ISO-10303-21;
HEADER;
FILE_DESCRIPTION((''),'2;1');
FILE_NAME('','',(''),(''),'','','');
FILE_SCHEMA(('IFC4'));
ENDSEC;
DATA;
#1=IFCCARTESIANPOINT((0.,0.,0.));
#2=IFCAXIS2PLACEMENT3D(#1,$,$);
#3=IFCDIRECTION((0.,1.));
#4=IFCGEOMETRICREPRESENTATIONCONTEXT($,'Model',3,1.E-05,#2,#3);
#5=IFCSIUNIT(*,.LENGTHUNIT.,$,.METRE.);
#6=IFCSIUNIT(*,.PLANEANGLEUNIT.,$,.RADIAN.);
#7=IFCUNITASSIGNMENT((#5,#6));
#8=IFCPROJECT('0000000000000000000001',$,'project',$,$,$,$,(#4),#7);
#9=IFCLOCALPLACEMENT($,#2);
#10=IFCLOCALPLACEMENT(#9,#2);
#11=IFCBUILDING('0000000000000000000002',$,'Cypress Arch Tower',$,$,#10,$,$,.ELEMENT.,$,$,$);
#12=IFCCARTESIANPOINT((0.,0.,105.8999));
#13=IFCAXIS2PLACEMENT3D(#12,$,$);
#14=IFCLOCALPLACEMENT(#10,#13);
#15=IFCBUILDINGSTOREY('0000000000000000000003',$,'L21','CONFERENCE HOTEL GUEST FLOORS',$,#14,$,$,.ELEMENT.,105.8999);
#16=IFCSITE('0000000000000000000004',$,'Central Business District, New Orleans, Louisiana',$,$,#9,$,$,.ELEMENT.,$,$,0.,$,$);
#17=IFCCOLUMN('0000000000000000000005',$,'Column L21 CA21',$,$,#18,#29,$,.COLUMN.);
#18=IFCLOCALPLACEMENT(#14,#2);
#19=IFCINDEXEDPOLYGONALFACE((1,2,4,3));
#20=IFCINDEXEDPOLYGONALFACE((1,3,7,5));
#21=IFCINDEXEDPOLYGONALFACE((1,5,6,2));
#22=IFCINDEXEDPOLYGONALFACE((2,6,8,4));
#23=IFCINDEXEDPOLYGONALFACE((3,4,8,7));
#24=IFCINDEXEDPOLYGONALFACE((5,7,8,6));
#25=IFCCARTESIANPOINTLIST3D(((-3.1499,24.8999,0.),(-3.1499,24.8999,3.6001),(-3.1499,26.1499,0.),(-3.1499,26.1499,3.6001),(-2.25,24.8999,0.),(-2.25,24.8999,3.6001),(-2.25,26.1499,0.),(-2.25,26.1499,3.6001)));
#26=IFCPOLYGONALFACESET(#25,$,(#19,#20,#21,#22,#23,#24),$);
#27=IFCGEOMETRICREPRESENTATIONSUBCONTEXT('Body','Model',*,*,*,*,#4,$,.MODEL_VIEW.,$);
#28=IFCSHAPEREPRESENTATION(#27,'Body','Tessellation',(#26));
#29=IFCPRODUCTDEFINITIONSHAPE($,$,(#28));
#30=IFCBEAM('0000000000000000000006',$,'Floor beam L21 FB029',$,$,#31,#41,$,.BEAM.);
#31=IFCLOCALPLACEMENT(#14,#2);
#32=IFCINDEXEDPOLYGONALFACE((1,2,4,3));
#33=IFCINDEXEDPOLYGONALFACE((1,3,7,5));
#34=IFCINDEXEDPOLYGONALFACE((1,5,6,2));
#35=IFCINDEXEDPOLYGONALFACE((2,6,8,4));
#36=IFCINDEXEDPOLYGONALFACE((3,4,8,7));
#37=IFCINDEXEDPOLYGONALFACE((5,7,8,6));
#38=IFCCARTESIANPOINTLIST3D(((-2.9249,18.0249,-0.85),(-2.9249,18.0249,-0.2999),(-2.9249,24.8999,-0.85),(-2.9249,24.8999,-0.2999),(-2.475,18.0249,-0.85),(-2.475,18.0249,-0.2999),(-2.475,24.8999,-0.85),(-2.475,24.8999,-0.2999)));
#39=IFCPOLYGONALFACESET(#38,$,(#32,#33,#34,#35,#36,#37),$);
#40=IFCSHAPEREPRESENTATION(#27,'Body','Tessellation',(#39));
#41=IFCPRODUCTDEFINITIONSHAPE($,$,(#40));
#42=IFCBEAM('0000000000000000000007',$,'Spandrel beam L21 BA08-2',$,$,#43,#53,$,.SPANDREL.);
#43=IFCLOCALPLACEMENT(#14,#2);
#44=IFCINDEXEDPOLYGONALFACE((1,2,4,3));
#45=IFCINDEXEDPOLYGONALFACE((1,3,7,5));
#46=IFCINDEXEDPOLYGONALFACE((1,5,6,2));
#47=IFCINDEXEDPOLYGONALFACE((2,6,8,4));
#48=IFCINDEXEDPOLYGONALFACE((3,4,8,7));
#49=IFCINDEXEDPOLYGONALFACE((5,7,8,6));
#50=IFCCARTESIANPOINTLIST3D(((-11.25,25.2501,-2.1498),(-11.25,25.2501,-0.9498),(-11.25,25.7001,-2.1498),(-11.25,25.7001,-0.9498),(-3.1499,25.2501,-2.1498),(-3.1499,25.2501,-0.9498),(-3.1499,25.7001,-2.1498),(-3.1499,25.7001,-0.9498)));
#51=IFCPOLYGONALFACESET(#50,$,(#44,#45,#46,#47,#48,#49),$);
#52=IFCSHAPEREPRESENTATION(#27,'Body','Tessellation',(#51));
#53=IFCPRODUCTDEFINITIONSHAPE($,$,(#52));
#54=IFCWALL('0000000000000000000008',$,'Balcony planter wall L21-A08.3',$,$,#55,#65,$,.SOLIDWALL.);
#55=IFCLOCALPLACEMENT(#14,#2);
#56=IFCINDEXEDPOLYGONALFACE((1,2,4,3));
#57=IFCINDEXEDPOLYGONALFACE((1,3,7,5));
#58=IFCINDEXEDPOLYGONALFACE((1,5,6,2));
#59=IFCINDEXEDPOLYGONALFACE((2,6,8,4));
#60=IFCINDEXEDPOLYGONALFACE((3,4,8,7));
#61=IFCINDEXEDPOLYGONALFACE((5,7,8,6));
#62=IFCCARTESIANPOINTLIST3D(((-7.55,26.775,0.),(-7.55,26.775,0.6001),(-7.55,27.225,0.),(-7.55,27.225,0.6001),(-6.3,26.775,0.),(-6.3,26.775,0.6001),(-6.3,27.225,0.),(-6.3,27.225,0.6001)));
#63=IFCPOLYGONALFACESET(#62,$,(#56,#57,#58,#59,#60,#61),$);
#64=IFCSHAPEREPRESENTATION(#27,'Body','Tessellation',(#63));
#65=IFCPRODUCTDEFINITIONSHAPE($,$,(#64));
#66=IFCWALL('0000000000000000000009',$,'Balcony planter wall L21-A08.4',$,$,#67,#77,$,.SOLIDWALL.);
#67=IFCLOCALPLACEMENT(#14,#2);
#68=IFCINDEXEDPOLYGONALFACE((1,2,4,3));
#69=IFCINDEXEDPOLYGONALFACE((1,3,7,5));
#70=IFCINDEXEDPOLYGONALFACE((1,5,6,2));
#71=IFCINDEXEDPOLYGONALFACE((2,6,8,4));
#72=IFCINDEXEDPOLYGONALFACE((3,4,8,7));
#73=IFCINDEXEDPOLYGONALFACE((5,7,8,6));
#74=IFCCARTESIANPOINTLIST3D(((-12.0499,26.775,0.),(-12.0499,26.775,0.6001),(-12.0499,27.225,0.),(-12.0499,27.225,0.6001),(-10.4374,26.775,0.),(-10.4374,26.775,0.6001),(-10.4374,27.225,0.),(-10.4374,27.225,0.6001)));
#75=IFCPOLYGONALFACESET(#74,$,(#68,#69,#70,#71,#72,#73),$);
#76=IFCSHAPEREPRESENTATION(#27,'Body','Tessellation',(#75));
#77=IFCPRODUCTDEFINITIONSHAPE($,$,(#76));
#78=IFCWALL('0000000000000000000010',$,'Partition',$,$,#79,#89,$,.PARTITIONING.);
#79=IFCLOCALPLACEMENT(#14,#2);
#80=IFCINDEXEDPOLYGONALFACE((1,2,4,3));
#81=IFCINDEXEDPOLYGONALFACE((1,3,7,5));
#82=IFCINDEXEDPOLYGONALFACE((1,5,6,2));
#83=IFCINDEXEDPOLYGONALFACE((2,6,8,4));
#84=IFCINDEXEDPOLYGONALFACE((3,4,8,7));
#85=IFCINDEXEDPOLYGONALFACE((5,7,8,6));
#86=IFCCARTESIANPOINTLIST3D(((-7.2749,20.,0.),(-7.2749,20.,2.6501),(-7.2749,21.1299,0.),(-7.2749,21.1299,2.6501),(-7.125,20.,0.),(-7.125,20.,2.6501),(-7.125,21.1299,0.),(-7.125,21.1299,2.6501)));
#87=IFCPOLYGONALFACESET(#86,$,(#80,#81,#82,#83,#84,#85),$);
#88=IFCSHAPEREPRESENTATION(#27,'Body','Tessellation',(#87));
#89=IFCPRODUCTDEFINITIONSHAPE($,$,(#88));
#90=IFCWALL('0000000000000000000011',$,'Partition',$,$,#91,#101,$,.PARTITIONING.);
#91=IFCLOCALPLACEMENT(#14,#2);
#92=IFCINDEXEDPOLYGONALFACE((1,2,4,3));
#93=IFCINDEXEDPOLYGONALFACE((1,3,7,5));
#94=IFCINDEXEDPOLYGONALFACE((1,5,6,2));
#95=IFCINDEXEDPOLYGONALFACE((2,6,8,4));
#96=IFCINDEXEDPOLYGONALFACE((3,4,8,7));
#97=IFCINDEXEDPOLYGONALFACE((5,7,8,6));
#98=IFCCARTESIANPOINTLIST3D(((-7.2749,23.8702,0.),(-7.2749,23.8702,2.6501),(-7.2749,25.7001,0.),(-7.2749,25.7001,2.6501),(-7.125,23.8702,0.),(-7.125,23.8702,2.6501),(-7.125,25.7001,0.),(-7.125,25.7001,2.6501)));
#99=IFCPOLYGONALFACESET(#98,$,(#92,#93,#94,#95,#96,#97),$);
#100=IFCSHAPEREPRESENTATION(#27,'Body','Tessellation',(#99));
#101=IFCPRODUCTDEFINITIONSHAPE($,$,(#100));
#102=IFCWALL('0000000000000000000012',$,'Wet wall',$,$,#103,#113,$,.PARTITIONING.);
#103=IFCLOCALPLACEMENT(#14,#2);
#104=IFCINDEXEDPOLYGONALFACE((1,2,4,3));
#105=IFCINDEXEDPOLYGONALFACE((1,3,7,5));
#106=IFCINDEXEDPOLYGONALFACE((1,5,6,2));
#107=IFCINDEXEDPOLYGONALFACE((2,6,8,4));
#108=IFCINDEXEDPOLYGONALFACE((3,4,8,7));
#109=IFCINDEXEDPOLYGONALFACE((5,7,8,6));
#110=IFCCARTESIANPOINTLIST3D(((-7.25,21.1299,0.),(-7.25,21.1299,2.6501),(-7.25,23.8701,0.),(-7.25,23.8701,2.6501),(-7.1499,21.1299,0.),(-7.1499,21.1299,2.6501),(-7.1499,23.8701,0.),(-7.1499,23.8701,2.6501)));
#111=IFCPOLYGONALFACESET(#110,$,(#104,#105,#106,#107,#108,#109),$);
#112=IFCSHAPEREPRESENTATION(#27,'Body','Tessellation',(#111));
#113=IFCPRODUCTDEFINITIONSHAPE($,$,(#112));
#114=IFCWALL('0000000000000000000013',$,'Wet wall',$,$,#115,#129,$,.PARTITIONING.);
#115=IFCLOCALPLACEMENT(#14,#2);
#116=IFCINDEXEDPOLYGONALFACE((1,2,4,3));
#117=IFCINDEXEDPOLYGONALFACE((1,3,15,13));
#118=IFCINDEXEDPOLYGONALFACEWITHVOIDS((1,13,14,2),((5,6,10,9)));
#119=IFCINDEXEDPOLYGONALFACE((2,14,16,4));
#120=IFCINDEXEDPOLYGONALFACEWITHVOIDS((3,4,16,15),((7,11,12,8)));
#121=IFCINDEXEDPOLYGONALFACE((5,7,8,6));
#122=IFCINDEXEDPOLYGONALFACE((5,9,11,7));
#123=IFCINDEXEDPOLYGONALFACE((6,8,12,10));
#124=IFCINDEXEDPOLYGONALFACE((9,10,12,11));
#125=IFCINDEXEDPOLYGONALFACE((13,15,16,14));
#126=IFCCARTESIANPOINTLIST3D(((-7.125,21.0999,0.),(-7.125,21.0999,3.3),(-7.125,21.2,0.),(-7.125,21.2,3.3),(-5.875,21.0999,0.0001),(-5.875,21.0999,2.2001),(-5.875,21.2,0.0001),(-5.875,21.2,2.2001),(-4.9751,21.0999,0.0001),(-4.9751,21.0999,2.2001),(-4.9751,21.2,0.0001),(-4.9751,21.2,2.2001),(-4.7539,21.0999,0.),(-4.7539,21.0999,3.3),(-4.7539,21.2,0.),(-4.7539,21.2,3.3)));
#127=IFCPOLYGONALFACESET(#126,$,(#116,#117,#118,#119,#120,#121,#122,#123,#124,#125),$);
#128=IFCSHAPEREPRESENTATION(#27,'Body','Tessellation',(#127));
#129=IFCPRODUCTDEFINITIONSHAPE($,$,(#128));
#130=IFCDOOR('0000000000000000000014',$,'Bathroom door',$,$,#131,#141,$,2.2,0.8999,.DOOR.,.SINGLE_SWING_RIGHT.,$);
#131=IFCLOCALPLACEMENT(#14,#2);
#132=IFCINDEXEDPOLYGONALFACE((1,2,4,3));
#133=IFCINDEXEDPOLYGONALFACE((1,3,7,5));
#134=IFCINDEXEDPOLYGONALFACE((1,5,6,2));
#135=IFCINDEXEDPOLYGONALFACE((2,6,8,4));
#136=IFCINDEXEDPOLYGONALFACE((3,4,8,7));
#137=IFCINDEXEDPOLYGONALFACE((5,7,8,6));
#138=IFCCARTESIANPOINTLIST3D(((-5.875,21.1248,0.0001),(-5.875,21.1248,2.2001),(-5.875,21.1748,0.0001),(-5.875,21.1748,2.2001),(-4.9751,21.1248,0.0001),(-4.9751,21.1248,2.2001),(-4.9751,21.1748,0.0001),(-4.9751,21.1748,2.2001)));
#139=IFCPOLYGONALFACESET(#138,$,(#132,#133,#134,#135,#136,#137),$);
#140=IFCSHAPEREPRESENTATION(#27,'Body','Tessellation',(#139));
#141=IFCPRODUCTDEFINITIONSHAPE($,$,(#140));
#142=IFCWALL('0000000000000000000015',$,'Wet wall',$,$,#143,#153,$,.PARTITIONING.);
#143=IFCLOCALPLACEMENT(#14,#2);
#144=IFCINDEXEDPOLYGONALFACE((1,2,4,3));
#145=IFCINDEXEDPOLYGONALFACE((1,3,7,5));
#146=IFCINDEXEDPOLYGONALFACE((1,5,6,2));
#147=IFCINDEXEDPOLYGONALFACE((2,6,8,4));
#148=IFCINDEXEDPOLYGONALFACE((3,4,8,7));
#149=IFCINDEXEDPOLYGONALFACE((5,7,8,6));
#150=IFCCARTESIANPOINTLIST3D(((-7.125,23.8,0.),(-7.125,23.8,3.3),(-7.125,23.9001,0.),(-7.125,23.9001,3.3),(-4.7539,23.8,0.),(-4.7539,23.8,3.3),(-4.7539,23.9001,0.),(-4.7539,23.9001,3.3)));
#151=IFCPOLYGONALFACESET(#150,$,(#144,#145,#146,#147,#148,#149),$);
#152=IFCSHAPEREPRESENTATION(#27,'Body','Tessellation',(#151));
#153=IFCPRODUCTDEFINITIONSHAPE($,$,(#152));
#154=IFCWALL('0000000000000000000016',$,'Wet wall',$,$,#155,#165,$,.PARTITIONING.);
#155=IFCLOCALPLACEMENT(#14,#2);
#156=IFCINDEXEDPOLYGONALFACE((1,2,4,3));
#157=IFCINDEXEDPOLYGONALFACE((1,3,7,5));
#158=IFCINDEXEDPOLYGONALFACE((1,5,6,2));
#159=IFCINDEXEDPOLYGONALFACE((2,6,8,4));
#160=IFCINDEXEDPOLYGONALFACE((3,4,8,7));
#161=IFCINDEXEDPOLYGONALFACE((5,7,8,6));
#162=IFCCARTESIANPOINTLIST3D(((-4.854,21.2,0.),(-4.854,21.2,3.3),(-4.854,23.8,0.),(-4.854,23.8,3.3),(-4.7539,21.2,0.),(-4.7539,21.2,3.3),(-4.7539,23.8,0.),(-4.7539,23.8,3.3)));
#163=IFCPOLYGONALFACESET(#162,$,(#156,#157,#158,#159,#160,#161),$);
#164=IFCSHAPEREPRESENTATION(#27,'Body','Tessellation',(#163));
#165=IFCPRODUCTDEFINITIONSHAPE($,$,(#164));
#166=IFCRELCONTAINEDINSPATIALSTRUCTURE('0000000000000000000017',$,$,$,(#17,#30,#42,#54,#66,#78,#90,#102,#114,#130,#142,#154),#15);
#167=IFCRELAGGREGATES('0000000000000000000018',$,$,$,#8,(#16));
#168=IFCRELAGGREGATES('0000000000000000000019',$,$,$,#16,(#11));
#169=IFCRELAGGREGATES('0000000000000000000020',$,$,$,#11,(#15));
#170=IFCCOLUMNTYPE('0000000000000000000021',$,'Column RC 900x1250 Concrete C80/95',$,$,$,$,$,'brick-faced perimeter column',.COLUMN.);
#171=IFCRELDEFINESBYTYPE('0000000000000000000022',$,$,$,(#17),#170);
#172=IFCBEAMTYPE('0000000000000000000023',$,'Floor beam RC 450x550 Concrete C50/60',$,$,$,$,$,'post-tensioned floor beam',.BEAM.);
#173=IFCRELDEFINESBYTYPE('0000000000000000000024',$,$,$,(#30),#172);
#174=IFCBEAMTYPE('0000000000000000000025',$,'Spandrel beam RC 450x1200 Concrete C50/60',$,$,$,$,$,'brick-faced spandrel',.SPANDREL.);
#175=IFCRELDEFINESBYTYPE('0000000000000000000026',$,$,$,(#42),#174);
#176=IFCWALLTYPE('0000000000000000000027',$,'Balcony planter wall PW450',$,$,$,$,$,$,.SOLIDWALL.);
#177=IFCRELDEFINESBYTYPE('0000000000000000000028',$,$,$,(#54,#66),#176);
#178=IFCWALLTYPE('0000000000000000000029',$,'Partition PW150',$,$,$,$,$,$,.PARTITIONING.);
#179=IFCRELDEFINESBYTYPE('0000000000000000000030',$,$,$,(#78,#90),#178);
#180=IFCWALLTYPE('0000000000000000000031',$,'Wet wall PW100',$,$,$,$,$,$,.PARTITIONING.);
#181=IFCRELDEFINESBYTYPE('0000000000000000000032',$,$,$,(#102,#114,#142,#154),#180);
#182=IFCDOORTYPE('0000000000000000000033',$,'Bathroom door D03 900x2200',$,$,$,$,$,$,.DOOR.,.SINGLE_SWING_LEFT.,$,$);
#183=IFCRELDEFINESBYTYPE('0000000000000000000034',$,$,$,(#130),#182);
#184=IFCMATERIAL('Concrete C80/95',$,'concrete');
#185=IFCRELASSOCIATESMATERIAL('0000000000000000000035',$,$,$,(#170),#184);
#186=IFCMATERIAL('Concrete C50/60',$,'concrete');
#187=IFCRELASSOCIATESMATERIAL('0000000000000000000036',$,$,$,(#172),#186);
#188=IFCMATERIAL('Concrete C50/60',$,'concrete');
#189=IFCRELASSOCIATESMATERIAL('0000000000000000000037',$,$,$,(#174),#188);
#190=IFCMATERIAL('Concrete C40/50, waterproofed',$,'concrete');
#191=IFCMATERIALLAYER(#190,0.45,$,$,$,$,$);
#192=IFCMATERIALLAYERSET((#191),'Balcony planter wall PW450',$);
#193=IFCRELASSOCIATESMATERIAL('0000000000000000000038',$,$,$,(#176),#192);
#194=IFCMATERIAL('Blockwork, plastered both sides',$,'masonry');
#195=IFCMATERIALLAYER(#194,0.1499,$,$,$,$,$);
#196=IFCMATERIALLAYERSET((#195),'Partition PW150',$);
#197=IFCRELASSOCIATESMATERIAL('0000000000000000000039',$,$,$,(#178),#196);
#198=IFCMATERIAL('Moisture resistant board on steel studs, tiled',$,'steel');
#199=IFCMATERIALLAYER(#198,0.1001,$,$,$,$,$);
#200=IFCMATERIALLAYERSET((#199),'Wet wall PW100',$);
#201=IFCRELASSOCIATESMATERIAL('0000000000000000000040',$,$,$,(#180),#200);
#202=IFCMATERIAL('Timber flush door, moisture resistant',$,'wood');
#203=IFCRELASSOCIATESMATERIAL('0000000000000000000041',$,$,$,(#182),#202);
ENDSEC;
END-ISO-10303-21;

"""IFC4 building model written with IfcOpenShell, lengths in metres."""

from ifc_helpers import new_model, si_unit, direction, frame, frame_2d, origin, origin_2d, place, context, subcontext, project, spatial, rectangle, extrude, material, layer, layer_set, material_profile, profile_set, type_object, element, fill, save


model = new_model("IFC4")

# Units and contexts
model_context = context("Model", 3, precision=1e-05, world=origin(), true_north=direction((0.0, 1.0)))
body_context = subcontext(model_context, "Body", "Model", "MODEL_VIEW")
ifc_project = project(units=[si_unit("LENGTHUNIT", "METRE"), si_unit("PLANEANGLEUNIT", "RADIAN")], contexts=[model_context])

# Site, building, storey
site_placement = place(None, origin())
site = spatial("IfcSite", under=ifc_project, at=site_placement, Name="Central Business District, New Orleans, Louisiana", CompositionType="ELEMENT", RefElevation=0.0)
building_placement = place(site_placement, origin())
building = spatial("IfcBuilding", under=site, at=building_placement, Name="Cypress Arch Tower", CompositionType="ELEMENT")
storey_placement = place(building_placement, frame((0.0, 0.0, 105.8999)))
storey = spatial("IfcBuildingStorey", under=building, at=storey_placement, Name="L21", Description="CONFERENCE HOTEL GUEST FLOORS", CompositionType="ELEMENT", Elevation=105.8999)

# Column
ifc_material_1 = material(Name="Concrete C80/95", Category="concrete")
ifc_material_profile_1 = material_profile(ifc_material_1, rectangle(XDim=0.8999, YDim=1.25, at=origin_2d()), Name="RC 900x1250")
ifc_profile_set_1 = profile_set([ifc_material_profile_1], Name="Concrete C80/95")
column_type = type_object("IfcColumnType", Name="Column RC 900x1250 Concrete C80/95", ElementType="brick-faced perimeter column", PredefinedType="COLUMN", material=ifc_profile_set_1)
column_placement = place(storey_placement, frame((-2.7, 25.5249, 0.0), z_axis=(0.0, 0.0, 1.0), x_axis=(-1.0, 0.0, 0.0)))
element("IfcColumn", 1, at=column_placement, inside=storey, type_object=column_type, Name="Column L21 CA21", PredefinedType="COLUMN", context=body_context, shape_type="SweptSolid", body=[
    extrude(rectangle(XDim=0.8999, YDim=1.25, at=origin_2d()), origin(), (0.0, 0.0, 1.0), 3.6001),
])

# Beams
ifc_material_2 = material(Name="Concrete C50/60", Category="concrete")
ifc_material_profile_2 = material_profile(ifc_material_2, rectangle(XDim=0.45, YDim=0.55, at=origin_2d()), Name="RC 450x550")
ifc_profile_set_2 = profile_set([ifc_material_profile_2], Name="Concrete C50/60")
beam_type_1 = type_object("IfcBeamType", Name="Floor beam RC 450x550 Concrete C50/60", ElementType="post-tensioned floor beam", PredefinedType="BEAM", material=ifc_profile_set_2)
beam_1_placement = place(storey_placement, frame((-2.7, 18.0249, -0.575), z_axis=(0.0, 1.0, 0.0), x_axis=(-1.0, 0.0, 0.0)))
element("IfcBeam", 2, at=beam_1_placement, inside=storey, type_object=beam_type_1, Name="Floor beam L21 FB029", PredefinedType="BEAM", context=body_context, shape_type="SweptSolid", body=[
    extrude(rectangle(XDim=0.45, YDim=0.55, at=origin_2d()), origin(), (0.0, 0.0, 1.0), 6.875),
])
ifc_material_3 = material(Name="Concrete C50/60", Category="concrete")
ifc_material_profile_3 = material_profile(ifc_material_3, rectangle(XDim=0.45, YDim=1.2, at=origin_2d()), Name="RC 450x1200")
ifc_profile_set_3 = profile_set([ifc_material_profile_3], Name="Concrete C50/60")
beam_type_2 = type_object("IfcBeamType", Name="Spandrel beam RC 450x1200 Concrete C50/60", ElementType="brick-faced spandrel", PredefinedType="SPANDREL", material=ifc_profile_set_3)
beam_2_placement = place(storey_placement, frame((-3.1499, 25.4751, -1.5498), z_axis=(-1.0, 0.0, 0.0), x_axis=(0.0, -1.0, 0.0)))
element("IfcBeam", 3, at=beam_2_placement, inside=storey, type_object=beam_type_2, Name="Spandrel beam L21 BA08-2", PredefinedType="SPANDREL", context=body_context, shape_type="SweptSolid", body=[
    extrude(rectangle(XDim=0.45, YDim=1.2, at=origin_2d()), origin(), (0.0, 0.0, 1.0), 8.1001),
])

# Walls
ifc_material_4 = material(Name="Concrete C40/50, waterproofed", Category="concrete")
ifc_layer_1 = layer(ifc_material_4, 0.45)
ifc_layer_set_1 = layer_set([ifc_layer_1], Name="Balcony planter wall PW450")
wall_type_1 = type_object("IfcWallType", Name="Balcony planter wall PW450", PredefinedType="SOLIDWALL", material=ifc_layer_set_1)
wall_1_placement = place(storey_placement, frame((-6.3, 27.0, 0.0), z_axis=(0.0, 0.0, 1.0), x_axis=(-1.0, 0.0, 0.0)))
element("IfcWall", 4, at=wall_1_placement, inside=storey, type_object=wall_type_1, Name="Balcony planter wall L21-A08.3", PredefinedType="SOLIDWALL", context=body_context, shape_type="SweptSolid", body=[
    extrude(rectangle(XDim=1.25, YDim=0.45, at=frame_2d((0.625, 0.0))), origin(), (0.0, 0.0, 1.0), 0.6001),
])
wall_2_placement = place(storey_placement, frame((-10.4375, 27.0, 0.0), z_axis=(0.0, 0.0, 1.0), x_axis=(-1.0, 0.0, 0.0)))
element("IfcWall", 5, at=wall_2_placement, inside=storey, type_object=wall_type_1, Name="Balcony planter wall L21-A08.4", PredefinedType="SOLIDWALL", context=body_context, shape_type="SweptSolid", body=[
    extrude(rectangle(XDim=1.6125, YDim=0.45, at=frame_2d((0.8062, 0.0))), origin(), (0.0, 0.0, 1.0), 0.6001),
])

# Walls
ifc_material_5 = material(Name="Blockwork, plastered both sides", Category="masonry")
ifc_layer_2 = layer(ifc_material_5, 0.1499)
ifc_layer_set_2 = layer_set([ifc_layer_2], Name="Partition PW150")
wall_type_2 = type_object("IfcWallType", Name="Partition PW150", PredefinedType="PARTITIONING", material=ifc_layer_set_2)
wall_3_placement = place(storey_placement, frame((-7.2, 20.0, 0.0), z_axis=(0.0, 0.0, 1.0), x_axis=(0.0, 1.0, 0.0)))
element("IfcWall", 6, at=wall_3_placement, inside=storey, type_object=wall_type_2, Name="Partition", PredefinedType="PARTITIONING", context=body_context, shape_type="SweptSolid", body=[
    extrude(rectangle(XDim=1.1299, YDim=0.1499, at=frame_2d((0.5649, 0.0))), origin(), (0.0, 0.0, 1.0), 2.6501),
])
wall_4_placement = place(storey_placement, frame((-7.2, 23.8701, 0.0), z_axis=(0.0, 0.0, 1.0), x_axis=(0.0, 1.0, 0.0)))
element("IfcWall", 7, at=wall_4_placement, inside=storey, type_object=wall_type_2, Name="Partition", PredefinedType="PARTITIONING", context=body_context, shape_type="SweptSolid", body=[
    extrude(rectangle(XDim=1.8298, YDim=0.1499, at=frame_2d((0.915, 0.0))), origin(), (0.0, 0.0, 1.0), 2.6501),
])
ifc_material_6 = material(Name="Moisture resistant board on steel studs, tiled", Category="steel")
ifc_layer_3 = layer(ifc_material_6, 0.1001)
ifc_layer_set_3 = layer_set([ifc_layer_3], Name="Wet wall PW100")
wall_type_3 = type_object("IfcWallType", Name="Wet wall PW100", PredefinedType="PARTITIONING", material=ifc_layer_set_3)
wall_5_placement = place(storey_placement, frame((-7.2, 21.1299, 0.0), z_axis=(0.0, 0.0, 1.0), x_axis=(0.0, 1.0, 0.0)))
element("IfcWall", 8, at=wall_5_placement, inside=storey, type_object=wall_type_3, Name="Wet wall", PredefinedType="PARTITIONING", context=body_context, shape_type="SweptSolid", body=[
    extrude(rectangle(XDim=2.7402, YDim=0.1001, at=frame_2d((1.3701, 0.0))), origin(), (0.0, 0.0, 1.0), 2.6501),
])

# Wall, opening, door
wall_6_placement = place(storey_placement, frame((-7.125, 21.1499, 0.0), z_axis=(0.0, 0.0, 1.0), x_axis=(1.0, 0.0, 0.0)))
wall_6 = element("IfcWall", 9, at=wall_6_placement, inside=storey, type_object=wall_type_3, Name="Wet wall", PredefinedType="PARTITIONING", context=body_context, shape_type="SweptSolid", body=[
    extrude(rectangle(XDim=2.3711, YDim=0.1001, at=frame_2d((1.1855, 0.0))), origin(), (0.0, 0.0, 1.0), 3.3),
])
opening_1_placement = place(wall_6_placement, frame((1.25, 0.0, 0.0)))
opening_1 = element("IfcOpeningElement", 10, at=opening_1_placement, cuts=wall_6, PredefinedType="OPENING", context=body_context, shape_type="SweptSolid", body=[
    extrude(rectangle(XDim=0.8999, YDim=2.2, at=frame_2d((0.45, 1.1001))), frame((0.0, 0.0601, 0.0), z_axis=(0.0, -1.0, 0.0), x_axis=(1.0, 0.0, 0.0)), (0.0, 0.0, 1.0), 0.1201),
])
ifc_material_7 = material(Name="Timber flush door, moisture resistant", Category="wood")
door_type_1 = type_object("IfcDoorType", Name="Bathroom door D03 900x2200", OperationType="SINGLE_SWING_LEFT", PredefinedType="DOOR", material=ifc_material_7)
door_1_placement = place(opening_1_placement, origin())
door_1 = element("IfcDoor", 11, at=door_1_placement, inside=storey, type_object=door_type_1, Name="Bathroom door", OperationType="SINGLE_SWING_RIGHT", OverallHeight=2.2, OverallWidth=0.8999, PredefinedType="DOOR", context=body_context, shape_type="SweptSolid", body=[
    extrude(rectangle(XDim=0.8999, YDim=2.2, at=frame_2d((0.45, 1.1001))), frame((0.0, 0.0249, 0.0), z_axis=(0.0, -1.0, 0.0), x_axis=(1.0, 0.0, 0.0)), (0.0, 0.0, 1.0), 0.05),
])
fill(opening_1, door_1)

# Walls
wall_7_placement = place(storey_placement, frame((-7.125, 23.8501, 0.0), z_axis=(0.0, 0.0, 1.0), x_axis=(1.0, 0.0, 0.0)))
element("IfcWall", 12, at=wall_7_placement, inside=storey, type_object=wall_type_3, Name="Wet wall", PredefinedType="PARTITIONING", context=body_context, shape_type="SweptSolid", body=[
    extrude(rectangle(XDim=2.3711, YDim=0.1001, at=frame_2d((1.1855, 0.0))), origin(), (0.0, 0.0, 1.0), 3.3),
])
wall_8_placement = place(storey_placement, frame((-4.804, 21.2, 0.0), z_axis=(0.0, 0.0, 1.0), x_axis=(0.0, 1.0, 0.0)))
element("IfcWall", 13, at=wall_8_placement, inside=storey, type_object=wall_type_3, Name="Wet wall", PredefinedType="PARTITIONING", context=body_context, shape_type="SweptSolid", body=[
    extrude(rectangle(XDim=2.6001, YDim=0.1001, at=frame_2d((1.3, 0.0))), origin(), (0.0, 0.0, 1.0), 3.3),
])

save(model, "model.ifc")
